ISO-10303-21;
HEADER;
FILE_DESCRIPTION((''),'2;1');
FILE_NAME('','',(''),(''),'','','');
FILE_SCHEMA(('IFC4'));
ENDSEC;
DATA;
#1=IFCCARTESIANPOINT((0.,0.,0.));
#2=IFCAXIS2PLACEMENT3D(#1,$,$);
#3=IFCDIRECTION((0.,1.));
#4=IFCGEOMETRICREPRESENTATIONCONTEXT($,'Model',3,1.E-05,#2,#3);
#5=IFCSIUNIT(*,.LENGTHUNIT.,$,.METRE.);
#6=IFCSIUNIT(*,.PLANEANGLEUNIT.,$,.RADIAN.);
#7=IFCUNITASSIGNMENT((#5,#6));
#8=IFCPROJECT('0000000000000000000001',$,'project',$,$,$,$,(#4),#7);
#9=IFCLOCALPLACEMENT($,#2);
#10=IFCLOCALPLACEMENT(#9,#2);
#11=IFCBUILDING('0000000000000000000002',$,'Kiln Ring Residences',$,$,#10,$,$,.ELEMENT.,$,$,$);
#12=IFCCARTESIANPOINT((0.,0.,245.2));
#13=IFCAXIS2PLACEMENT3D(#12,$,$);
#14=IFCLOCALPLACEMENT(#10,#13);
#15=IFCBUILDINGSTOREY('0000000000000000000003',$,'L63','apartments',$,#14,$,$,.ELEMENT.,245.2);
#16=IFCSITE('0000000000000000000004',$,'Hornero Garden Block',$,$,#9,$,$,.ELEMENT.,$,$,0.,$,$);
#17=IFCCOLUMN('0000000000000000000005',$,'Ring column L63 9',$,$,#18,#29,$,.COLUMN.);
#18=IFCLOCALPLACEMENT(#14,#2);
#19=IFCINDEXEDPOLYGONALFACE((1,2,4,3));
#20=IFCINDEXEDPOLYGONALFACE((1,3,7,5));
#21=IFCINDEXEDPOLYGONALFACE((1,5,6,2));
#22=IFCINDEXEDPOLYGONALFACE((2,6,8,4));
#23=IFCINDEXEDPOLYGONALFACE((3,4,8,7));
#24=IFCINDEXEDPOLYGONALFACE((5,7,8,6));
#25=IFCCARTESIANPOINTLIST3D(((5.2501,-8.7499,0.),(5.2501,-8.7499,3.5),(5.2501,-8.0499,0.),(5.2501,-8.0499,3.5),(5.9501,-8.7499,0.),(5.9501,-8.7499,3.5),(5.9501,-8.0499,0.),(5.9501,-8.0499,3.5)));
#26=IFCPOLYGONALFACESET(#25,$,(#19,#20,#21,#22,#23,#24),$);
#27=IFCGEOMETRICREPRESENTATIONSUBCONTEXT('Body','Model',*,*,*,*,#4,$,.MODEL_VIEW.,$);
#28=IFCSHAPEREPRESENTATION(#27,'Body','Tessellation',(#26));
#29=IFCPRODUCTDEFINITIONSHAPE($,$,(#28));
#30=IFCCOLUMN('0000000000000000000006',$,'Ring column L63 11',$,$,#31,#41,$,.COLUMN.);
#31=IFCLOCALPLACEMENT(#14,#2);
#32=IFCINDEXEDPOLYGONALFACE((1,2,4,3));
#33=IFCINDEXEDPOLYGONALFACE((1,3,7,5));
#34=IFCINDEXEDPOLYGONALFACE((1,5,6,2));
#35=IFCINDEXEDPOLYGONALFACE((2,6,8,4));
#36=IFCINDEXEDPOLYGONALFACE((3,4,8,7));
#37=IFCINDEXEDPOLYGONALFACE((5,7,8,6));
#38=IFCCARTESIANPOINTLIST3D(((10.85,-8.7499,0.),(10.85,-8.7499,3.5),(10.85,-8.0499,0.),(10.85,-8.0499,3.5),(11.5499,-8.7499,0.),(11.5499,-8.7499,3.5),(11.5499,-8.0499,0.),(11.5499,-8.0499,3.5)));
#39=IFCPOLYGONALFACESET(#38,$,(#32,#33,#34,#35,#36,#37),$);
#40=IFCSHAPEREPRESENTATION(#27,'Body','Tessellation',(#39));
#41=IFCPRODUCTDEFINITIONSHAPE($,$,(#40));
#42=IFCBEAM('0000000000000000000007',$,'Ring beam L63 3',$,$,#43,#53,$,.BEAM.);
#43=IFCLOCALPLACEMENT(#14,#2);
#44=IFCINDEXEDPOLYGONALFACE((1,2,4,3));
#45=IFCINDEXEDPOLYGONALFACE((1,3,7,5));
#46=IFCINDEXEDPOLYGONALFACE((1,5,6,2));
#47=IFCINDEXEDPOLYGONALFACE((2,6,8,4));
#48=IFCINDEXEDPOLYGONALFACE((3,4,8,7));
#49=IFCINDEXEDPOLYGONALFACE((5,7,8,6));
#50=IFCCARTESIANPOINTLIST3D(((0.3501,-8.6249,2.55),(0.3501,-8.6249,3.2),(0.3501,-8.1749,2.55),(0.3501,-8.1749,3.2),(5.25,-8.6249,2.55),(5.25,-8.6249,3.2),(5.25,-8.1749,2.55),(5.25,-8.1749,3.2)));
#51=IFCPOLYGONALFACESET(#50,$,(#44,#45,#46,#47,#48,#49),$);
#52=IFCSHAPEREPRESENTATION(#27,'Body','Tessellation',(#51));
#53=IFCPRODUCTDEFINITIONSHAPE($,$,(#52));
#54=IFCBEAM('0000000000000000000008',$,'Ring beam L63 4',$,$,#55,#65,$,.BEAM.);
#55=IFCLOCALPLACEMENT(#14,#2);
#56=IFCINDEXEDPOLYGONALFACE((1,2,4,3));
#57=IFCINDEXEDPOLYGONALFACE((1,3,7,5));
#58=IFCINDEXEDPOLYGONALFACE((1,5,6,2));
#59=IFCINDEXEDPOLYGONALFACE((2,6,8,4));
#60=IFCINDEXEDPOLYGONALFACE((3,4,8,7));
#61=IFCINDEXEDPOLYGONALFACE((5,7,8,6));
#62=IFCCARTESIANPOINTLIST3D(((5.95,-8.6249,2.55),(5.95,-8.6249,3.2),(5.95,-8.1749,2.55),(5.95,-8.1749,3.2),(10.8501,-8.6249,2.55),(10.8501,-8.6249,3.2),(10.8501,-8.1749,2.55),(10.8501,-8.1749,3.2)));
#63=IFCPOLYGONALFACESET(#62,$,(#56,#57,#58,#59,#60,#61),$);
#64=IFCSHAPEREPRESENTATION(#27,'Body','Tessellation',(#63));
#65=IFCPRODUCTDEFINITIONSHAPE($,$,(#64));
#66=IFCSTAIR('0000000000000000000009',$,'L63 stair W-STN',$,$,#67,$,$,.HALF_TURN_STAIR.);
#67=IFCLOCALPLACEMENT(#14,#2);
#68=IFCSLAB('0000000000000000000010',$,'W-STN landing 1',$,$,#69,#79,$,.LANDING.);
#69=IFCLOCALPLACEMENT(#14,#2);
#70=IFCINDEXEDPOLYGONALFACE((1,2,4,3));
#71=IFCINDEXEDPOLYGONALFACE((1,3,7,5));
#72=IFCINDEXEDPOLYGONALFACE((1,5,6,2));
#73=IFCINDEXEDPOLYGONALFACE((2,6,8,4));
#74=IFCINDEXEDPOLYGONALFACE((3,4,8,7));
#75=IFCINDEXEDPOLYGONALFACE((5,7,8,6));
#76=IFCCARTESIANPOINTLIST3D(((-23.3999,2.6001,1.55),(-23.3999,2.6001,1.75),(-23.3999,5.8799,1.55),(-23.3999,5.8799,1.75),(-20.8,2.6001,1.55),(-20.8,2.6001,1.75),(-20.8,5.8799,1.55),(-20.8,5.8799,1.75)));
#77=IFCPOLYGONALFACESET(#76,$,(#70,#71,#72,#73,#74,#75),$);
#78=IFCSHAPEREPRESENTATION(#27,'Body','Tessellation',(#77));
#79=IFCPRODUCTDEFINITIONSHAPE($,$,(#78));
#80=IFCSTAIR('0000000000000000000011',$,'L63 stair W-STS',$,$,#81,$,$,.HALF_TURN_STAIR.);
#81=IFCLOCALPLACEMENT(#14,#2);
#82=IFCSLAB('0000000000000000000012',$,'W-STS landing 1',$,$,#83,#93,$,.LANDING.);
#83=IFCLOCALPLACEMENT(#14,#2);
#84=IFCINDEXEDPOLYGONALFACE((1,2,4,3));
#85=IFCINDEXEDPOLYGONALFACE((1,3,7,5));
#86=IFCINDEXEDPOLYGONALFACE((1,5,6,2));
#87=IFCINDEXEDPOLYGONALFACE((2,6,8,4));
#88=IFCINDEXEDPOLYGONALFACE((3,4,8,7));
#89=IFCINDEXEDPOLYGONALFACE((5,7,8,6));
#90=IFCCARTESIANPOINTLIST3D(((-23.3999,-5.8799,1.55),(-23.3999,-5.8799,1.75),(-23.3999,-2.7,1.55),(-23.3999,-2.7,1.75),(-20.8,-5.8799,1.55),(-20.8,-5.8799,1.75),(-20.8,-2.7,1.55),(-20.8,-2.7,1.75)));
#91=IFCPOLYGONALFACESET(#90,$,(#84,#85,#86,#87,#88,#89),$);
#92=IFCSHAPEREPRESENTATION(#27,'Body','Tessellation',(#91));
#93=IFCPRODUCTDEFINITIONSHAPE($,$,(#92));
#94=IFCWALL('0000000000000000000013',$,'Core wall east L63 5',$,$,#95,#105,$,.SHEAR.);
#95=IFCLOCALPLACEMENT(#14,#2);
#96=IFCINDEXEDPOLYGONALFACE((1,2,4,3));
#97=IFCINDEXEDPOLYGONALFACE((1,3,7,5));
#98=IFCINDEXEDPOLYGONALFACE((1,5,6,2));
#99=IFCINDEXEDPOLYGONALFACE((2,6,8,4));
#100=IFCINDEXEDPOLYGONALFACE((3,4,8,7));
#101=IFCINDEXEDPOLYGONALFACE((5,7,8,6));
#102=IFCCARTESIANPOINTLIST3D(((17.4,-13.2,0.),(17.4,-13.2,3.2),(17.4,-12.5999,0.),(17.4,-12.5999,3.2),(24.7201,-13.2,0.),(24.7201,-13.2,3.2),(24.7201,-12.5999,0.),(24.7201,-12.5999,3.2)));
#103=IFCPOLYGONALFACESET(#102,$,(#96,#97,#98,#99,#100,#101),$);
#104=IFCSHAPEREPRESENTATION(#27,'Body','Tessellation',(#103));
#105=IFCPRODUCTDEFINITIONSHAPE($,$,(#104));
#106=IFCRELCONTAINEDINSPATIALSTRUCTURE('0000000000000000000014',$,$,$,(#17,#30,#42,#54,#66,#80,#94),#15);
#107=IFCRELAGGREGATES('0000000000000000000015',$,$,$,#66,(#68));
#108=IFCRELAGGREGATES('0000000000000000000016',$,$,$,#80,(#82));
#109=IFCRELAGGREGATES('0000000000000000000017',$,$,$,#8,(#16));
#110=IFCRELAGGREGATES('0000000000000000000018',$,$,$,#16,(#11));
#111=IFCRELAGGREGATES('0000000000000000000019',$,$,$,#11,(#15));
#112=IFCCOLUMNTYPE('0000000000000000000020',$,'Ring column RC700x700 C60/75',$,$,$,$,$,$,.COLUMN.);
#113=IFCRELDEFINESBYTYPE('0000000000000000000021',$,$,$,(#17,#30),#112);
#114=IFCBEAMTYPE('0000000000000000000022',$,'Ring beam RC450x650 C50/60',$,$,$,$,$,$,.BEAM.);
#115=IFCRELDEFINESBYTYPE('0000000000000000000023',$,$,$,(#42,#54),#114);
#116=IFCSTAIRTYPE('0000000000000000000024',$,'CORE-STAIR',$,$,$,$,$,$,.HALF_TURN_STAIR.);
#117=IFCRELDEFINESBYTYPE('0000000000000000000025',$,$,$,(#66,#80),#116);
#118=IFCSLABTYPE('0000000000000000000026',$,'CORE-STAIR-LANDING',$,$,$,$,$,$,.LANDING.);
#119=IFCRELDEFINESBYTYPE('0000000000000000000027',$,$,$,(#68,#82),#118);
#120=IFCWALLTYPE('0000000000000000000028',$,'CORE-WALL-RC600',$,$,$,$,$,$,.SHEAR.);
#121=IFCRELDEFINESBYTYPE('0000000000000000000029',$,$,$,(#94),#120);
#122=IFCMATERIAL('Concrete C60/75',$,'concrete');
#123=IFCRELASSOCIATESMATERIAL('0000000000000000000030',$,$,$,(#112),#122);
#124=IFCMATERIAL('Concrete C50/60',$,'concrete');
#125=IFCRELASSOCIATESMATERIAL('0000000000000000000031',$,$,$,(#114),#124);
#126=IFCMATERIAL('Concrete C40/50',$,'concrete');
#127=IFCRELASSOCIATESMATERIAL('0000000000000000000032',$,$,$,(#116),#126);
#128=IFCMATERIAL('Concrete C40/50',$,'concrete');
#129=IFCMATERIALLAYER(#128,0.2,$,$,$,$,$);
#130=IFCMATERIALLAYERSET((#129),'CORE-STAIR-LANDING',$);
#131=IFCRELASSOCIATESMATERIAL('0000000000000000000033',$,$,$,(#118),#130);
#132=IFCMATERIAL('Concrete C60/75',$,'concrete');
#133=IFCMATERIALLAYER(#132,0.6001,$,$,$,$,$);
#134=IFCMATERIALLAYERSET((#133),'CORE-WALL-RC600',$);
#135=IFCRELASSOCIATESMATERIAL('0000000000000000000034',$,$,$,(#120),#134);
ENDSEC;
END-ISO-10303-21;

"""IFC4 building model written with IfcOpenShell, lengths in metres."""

from ifc_helpers import new_model, si_unit, direction, frame, frame_2d, origin, origin_2d, place, context, subcontext, project, spatial, polyline, rectangle, outline, extrude, material, layer, layer_set, material_profile, profile_set, type_object, element, aggregate, save


model = new_model("IFC4")

# Units and contexts
model_context = context("Model", 3, precision=1e-05, world=origin(), true_north=direction((0.0, 1.0)))
body_context = subcontext(model_context, "Body", "Model", "MODEL_VIEW")
ifc_project = project(units=[si_unit("LENGTHUNIT", "METRE"), si_unit("PLANEANGLEUNIT", "RADIAN")], contexts=[model_context])

# Site, building, storey
site_placement = place(None, origin())
site = spatial("IfcSite", under=ifc_project, at=site_placement, Name="Hornero Garden Block", CompositionType="ELEMENT", RefElevation=0.0)
building_placement = place(site_placement, origin())
building = spatial("IfcBuilding", under=site, at=building_placement, Name="Kiln Ring Residences", CompositionType="ELEMENT")
storey_placement = place(building_placement, frame((0.0, 0.0, 245.2)))
storey = spatial("IfcBuildingStorey", under=building, at=storey_placement, Name="L63", Description="apartments", CompositionType="ELEMENT", Elevation=245.2)

# Columns
ifc_material_1 = material(Name="Concrete C60/75", Category="concrete")
ifc_material_profile_1 = material_profile(ifc_material_1, rectangle(XDim=0.7, YDim=0.7, at=origin_2d()), Name="RC700x700")
ifc_profile_set_1 = profile_set([ifc_material_profile_1], Name="Concrete C60/75")
column_type = type_object("IfcColumnType", Name="Ring column RC700x700 C60/75", PredefinedType="COLUMN", material=ifc_profile_set_1)
for number, where, z_axis, x_axis, name in (
    (1, (5.6001, -8.3999, 0.0), (0.0, 0.0, 1.0), (1.0, 0.0, 0.0), "Ring column L63 9"),
    (2, (11.2, -8.3999, 0.0), (0.0, 0.0, 1.0), (1.0, 0.0, 0.0), "Ring column L63 11"),
):
    element("IfcColumn", number, at=place(storey_placement, frame(where, z_axis=z_axis, x_axis=x_axis)), inside=storey, type_object=column_type, Name=name, PredefinedType="COLUMN", context=body_context, shape_type="SweptSolid", body=[
        extrude(rectangle(XDim=0.7, YDim=0.7, at=origin_2d()), origin(), (0.0, 0.0, 1.0), 3.5),
    ])

# Beams
ifc_material_2 = material(Name="Concrete C50/60", Category="concrete")
ifc_material_profile_2 = material_profile(ifc_material_2, rectangle(XDim=0.45, YDim=0.6499, at=origin_2d()), Name="RC450x650")
ifc_profile_set_2 = profile_set([ifc_material_profile_2], Name="Concrete C50/60")
beam_type = type_object("IfcBeamType", Name="Ring beam RC450x650 C50/60", PredefinedType="BEAM", material=ifc_profile_set_2)
beam_1_placement = place(storey_placement, frame((0.3501, -8.3999, 2.875), z_axis=(1.0, 0.0, 0.0), x_axis=(0.0, 1.0, 0.0)))
element("IfcBeam", 3, at=beam_1_placement, inside=storey, type_object=beam_type, Name="Ring beam L63 3", PredefinedType="BEAM", context=body_context, shape_type="SweptSolid", body=[
    extrude(rectangle(XDim=0.45, YDim=0.6499, at=origin_2d()), origin(), (0.0, 0.0, 1.0), 4.8999),
])
beam_2_placement = place(storey_placement, frame((5.95, -8.3999, 2.875), z_axis=(1.0, 0.0, 0.0), x_axis=(0.0, 1.0, 0.0)))
element("IfcBeam", 4, at=beam_2_placement, inside=storey, type_object=beam_type, Name="Ring beam L63 4", PredefinedType="BEAM", context=body_context, shape_type="SweptSolid", body=[
    extrude(rectangle(XDim=0.45, YDim=0.6499, at=origin_2d()), origin(), (0.0, 0.0, 1.0), 4.9001),
])

# Stairs, slabs
ifc_material_3 = material(Name="Concrete C40/50", Category="concrete")
stair_type = type_object("IfcStairType", Name="CORE-STAIR", PredefinedType="HALF_TURN_STAIR", material=ifc_material_3)
placement_1 = place(storey_placement, origin())
stair_1 = element("IfcStair", 5, at=placement_1, inside=storey, type_object=stair_type, Name="L63 stair W-STN", PredefinedType="HALF_TURN_STAIR")
ifc_material_4 = material(Name="Concrete C40/50", Category="concrete")
ifc_layer_1 = layer(ifc_material_4, 0.2)
ifc_layer_set_1 = layer_set([ifc_layer_1], Name="CORE-STAIR-LANDING")
slab_type = type_object("IfcSlabType", Name="CORE-STAIR-LANDING", PredefinedType="LANDING", material=ifc_layer_set_1)
placement_2 = place(storey_placement, frame((0.0, 0.0, 1.55)))
slab_1 = element("IfcSlab", 6, at=placement_2, type_object=slab_type, Name="W-STN landing 1", PredefinedType="LANDING", context=body_context, shape_type="SweptSolid", body=[
    extrude(outline(polyline([(-23.3999, 5.8799), (-23.3999, 2.6001), (-20.8, 2.6001), (-20.8, 5.8799), (-23.3999, 5.8799)])), origin(), (0.0, 0.0, 1.0), 0.2),
])
aggregate(stair_1, [slab_1])
stair_2 = element("IfcStair", 7, at=placement_1, inside=storey, type_object=stair_type, Name="L63 stair W-STS", PredefinedType="HALF_TURN_STAIR")
slab_2 = element("IfcSlab", 8, at=placement_2, type_object=slab_type, Name="W-STS landing 1", PredefinedType="LANDING", context=body_context, shape_type="SweptSolid", body=[
    extrude(outline(polyline([(-20.8, -5.8799), (-20.8, -2.7), (-23.3999, -2.7), (-23.3999, -5.8799), (-20.8, -5.8799)])), origin(), (0.0, 0.0, 1.0), 0.2),
])
aggregate(stair_2, [slab_2])

# Wall
ifc_material_5 = material(Name="Concrete C60/75", Category="concrete")
ifc_layer_2 = layer(ifc_material_5, 0.6001)
ifc_layer_set_2 = layer_set([ifc_layer_2], Name="CORE-WALL-RC600")
wall_type_1 = type_object("IfcWallType", Name="CORE-WALL-RC600", PredefinedType="SHEAR", material=ifc_layer_set_2)
wall_1_placement = place(storey_placement, frame((17.3999, -12.8999, 0.0), z_axis=(0.0, 0.0, 1.0), x_axis=(1.0, 0.0, 0.0)))
element("IfcWall", 9, at=wall_1_placement, inside=storey, type_object=wall_type_1, Name="Core wall east L63 5", PredefinedType="SHEAR", context=body_context, shape_type="SweptSolid", body=[
    extrude(rectangle(XDim=7.3201, YDim=0.6001, at=frame_2d((3.6602, 0.0))), origin(), (0.0, 0.0, 1.0), 3.2),
])

save(model, "model.ifc")
